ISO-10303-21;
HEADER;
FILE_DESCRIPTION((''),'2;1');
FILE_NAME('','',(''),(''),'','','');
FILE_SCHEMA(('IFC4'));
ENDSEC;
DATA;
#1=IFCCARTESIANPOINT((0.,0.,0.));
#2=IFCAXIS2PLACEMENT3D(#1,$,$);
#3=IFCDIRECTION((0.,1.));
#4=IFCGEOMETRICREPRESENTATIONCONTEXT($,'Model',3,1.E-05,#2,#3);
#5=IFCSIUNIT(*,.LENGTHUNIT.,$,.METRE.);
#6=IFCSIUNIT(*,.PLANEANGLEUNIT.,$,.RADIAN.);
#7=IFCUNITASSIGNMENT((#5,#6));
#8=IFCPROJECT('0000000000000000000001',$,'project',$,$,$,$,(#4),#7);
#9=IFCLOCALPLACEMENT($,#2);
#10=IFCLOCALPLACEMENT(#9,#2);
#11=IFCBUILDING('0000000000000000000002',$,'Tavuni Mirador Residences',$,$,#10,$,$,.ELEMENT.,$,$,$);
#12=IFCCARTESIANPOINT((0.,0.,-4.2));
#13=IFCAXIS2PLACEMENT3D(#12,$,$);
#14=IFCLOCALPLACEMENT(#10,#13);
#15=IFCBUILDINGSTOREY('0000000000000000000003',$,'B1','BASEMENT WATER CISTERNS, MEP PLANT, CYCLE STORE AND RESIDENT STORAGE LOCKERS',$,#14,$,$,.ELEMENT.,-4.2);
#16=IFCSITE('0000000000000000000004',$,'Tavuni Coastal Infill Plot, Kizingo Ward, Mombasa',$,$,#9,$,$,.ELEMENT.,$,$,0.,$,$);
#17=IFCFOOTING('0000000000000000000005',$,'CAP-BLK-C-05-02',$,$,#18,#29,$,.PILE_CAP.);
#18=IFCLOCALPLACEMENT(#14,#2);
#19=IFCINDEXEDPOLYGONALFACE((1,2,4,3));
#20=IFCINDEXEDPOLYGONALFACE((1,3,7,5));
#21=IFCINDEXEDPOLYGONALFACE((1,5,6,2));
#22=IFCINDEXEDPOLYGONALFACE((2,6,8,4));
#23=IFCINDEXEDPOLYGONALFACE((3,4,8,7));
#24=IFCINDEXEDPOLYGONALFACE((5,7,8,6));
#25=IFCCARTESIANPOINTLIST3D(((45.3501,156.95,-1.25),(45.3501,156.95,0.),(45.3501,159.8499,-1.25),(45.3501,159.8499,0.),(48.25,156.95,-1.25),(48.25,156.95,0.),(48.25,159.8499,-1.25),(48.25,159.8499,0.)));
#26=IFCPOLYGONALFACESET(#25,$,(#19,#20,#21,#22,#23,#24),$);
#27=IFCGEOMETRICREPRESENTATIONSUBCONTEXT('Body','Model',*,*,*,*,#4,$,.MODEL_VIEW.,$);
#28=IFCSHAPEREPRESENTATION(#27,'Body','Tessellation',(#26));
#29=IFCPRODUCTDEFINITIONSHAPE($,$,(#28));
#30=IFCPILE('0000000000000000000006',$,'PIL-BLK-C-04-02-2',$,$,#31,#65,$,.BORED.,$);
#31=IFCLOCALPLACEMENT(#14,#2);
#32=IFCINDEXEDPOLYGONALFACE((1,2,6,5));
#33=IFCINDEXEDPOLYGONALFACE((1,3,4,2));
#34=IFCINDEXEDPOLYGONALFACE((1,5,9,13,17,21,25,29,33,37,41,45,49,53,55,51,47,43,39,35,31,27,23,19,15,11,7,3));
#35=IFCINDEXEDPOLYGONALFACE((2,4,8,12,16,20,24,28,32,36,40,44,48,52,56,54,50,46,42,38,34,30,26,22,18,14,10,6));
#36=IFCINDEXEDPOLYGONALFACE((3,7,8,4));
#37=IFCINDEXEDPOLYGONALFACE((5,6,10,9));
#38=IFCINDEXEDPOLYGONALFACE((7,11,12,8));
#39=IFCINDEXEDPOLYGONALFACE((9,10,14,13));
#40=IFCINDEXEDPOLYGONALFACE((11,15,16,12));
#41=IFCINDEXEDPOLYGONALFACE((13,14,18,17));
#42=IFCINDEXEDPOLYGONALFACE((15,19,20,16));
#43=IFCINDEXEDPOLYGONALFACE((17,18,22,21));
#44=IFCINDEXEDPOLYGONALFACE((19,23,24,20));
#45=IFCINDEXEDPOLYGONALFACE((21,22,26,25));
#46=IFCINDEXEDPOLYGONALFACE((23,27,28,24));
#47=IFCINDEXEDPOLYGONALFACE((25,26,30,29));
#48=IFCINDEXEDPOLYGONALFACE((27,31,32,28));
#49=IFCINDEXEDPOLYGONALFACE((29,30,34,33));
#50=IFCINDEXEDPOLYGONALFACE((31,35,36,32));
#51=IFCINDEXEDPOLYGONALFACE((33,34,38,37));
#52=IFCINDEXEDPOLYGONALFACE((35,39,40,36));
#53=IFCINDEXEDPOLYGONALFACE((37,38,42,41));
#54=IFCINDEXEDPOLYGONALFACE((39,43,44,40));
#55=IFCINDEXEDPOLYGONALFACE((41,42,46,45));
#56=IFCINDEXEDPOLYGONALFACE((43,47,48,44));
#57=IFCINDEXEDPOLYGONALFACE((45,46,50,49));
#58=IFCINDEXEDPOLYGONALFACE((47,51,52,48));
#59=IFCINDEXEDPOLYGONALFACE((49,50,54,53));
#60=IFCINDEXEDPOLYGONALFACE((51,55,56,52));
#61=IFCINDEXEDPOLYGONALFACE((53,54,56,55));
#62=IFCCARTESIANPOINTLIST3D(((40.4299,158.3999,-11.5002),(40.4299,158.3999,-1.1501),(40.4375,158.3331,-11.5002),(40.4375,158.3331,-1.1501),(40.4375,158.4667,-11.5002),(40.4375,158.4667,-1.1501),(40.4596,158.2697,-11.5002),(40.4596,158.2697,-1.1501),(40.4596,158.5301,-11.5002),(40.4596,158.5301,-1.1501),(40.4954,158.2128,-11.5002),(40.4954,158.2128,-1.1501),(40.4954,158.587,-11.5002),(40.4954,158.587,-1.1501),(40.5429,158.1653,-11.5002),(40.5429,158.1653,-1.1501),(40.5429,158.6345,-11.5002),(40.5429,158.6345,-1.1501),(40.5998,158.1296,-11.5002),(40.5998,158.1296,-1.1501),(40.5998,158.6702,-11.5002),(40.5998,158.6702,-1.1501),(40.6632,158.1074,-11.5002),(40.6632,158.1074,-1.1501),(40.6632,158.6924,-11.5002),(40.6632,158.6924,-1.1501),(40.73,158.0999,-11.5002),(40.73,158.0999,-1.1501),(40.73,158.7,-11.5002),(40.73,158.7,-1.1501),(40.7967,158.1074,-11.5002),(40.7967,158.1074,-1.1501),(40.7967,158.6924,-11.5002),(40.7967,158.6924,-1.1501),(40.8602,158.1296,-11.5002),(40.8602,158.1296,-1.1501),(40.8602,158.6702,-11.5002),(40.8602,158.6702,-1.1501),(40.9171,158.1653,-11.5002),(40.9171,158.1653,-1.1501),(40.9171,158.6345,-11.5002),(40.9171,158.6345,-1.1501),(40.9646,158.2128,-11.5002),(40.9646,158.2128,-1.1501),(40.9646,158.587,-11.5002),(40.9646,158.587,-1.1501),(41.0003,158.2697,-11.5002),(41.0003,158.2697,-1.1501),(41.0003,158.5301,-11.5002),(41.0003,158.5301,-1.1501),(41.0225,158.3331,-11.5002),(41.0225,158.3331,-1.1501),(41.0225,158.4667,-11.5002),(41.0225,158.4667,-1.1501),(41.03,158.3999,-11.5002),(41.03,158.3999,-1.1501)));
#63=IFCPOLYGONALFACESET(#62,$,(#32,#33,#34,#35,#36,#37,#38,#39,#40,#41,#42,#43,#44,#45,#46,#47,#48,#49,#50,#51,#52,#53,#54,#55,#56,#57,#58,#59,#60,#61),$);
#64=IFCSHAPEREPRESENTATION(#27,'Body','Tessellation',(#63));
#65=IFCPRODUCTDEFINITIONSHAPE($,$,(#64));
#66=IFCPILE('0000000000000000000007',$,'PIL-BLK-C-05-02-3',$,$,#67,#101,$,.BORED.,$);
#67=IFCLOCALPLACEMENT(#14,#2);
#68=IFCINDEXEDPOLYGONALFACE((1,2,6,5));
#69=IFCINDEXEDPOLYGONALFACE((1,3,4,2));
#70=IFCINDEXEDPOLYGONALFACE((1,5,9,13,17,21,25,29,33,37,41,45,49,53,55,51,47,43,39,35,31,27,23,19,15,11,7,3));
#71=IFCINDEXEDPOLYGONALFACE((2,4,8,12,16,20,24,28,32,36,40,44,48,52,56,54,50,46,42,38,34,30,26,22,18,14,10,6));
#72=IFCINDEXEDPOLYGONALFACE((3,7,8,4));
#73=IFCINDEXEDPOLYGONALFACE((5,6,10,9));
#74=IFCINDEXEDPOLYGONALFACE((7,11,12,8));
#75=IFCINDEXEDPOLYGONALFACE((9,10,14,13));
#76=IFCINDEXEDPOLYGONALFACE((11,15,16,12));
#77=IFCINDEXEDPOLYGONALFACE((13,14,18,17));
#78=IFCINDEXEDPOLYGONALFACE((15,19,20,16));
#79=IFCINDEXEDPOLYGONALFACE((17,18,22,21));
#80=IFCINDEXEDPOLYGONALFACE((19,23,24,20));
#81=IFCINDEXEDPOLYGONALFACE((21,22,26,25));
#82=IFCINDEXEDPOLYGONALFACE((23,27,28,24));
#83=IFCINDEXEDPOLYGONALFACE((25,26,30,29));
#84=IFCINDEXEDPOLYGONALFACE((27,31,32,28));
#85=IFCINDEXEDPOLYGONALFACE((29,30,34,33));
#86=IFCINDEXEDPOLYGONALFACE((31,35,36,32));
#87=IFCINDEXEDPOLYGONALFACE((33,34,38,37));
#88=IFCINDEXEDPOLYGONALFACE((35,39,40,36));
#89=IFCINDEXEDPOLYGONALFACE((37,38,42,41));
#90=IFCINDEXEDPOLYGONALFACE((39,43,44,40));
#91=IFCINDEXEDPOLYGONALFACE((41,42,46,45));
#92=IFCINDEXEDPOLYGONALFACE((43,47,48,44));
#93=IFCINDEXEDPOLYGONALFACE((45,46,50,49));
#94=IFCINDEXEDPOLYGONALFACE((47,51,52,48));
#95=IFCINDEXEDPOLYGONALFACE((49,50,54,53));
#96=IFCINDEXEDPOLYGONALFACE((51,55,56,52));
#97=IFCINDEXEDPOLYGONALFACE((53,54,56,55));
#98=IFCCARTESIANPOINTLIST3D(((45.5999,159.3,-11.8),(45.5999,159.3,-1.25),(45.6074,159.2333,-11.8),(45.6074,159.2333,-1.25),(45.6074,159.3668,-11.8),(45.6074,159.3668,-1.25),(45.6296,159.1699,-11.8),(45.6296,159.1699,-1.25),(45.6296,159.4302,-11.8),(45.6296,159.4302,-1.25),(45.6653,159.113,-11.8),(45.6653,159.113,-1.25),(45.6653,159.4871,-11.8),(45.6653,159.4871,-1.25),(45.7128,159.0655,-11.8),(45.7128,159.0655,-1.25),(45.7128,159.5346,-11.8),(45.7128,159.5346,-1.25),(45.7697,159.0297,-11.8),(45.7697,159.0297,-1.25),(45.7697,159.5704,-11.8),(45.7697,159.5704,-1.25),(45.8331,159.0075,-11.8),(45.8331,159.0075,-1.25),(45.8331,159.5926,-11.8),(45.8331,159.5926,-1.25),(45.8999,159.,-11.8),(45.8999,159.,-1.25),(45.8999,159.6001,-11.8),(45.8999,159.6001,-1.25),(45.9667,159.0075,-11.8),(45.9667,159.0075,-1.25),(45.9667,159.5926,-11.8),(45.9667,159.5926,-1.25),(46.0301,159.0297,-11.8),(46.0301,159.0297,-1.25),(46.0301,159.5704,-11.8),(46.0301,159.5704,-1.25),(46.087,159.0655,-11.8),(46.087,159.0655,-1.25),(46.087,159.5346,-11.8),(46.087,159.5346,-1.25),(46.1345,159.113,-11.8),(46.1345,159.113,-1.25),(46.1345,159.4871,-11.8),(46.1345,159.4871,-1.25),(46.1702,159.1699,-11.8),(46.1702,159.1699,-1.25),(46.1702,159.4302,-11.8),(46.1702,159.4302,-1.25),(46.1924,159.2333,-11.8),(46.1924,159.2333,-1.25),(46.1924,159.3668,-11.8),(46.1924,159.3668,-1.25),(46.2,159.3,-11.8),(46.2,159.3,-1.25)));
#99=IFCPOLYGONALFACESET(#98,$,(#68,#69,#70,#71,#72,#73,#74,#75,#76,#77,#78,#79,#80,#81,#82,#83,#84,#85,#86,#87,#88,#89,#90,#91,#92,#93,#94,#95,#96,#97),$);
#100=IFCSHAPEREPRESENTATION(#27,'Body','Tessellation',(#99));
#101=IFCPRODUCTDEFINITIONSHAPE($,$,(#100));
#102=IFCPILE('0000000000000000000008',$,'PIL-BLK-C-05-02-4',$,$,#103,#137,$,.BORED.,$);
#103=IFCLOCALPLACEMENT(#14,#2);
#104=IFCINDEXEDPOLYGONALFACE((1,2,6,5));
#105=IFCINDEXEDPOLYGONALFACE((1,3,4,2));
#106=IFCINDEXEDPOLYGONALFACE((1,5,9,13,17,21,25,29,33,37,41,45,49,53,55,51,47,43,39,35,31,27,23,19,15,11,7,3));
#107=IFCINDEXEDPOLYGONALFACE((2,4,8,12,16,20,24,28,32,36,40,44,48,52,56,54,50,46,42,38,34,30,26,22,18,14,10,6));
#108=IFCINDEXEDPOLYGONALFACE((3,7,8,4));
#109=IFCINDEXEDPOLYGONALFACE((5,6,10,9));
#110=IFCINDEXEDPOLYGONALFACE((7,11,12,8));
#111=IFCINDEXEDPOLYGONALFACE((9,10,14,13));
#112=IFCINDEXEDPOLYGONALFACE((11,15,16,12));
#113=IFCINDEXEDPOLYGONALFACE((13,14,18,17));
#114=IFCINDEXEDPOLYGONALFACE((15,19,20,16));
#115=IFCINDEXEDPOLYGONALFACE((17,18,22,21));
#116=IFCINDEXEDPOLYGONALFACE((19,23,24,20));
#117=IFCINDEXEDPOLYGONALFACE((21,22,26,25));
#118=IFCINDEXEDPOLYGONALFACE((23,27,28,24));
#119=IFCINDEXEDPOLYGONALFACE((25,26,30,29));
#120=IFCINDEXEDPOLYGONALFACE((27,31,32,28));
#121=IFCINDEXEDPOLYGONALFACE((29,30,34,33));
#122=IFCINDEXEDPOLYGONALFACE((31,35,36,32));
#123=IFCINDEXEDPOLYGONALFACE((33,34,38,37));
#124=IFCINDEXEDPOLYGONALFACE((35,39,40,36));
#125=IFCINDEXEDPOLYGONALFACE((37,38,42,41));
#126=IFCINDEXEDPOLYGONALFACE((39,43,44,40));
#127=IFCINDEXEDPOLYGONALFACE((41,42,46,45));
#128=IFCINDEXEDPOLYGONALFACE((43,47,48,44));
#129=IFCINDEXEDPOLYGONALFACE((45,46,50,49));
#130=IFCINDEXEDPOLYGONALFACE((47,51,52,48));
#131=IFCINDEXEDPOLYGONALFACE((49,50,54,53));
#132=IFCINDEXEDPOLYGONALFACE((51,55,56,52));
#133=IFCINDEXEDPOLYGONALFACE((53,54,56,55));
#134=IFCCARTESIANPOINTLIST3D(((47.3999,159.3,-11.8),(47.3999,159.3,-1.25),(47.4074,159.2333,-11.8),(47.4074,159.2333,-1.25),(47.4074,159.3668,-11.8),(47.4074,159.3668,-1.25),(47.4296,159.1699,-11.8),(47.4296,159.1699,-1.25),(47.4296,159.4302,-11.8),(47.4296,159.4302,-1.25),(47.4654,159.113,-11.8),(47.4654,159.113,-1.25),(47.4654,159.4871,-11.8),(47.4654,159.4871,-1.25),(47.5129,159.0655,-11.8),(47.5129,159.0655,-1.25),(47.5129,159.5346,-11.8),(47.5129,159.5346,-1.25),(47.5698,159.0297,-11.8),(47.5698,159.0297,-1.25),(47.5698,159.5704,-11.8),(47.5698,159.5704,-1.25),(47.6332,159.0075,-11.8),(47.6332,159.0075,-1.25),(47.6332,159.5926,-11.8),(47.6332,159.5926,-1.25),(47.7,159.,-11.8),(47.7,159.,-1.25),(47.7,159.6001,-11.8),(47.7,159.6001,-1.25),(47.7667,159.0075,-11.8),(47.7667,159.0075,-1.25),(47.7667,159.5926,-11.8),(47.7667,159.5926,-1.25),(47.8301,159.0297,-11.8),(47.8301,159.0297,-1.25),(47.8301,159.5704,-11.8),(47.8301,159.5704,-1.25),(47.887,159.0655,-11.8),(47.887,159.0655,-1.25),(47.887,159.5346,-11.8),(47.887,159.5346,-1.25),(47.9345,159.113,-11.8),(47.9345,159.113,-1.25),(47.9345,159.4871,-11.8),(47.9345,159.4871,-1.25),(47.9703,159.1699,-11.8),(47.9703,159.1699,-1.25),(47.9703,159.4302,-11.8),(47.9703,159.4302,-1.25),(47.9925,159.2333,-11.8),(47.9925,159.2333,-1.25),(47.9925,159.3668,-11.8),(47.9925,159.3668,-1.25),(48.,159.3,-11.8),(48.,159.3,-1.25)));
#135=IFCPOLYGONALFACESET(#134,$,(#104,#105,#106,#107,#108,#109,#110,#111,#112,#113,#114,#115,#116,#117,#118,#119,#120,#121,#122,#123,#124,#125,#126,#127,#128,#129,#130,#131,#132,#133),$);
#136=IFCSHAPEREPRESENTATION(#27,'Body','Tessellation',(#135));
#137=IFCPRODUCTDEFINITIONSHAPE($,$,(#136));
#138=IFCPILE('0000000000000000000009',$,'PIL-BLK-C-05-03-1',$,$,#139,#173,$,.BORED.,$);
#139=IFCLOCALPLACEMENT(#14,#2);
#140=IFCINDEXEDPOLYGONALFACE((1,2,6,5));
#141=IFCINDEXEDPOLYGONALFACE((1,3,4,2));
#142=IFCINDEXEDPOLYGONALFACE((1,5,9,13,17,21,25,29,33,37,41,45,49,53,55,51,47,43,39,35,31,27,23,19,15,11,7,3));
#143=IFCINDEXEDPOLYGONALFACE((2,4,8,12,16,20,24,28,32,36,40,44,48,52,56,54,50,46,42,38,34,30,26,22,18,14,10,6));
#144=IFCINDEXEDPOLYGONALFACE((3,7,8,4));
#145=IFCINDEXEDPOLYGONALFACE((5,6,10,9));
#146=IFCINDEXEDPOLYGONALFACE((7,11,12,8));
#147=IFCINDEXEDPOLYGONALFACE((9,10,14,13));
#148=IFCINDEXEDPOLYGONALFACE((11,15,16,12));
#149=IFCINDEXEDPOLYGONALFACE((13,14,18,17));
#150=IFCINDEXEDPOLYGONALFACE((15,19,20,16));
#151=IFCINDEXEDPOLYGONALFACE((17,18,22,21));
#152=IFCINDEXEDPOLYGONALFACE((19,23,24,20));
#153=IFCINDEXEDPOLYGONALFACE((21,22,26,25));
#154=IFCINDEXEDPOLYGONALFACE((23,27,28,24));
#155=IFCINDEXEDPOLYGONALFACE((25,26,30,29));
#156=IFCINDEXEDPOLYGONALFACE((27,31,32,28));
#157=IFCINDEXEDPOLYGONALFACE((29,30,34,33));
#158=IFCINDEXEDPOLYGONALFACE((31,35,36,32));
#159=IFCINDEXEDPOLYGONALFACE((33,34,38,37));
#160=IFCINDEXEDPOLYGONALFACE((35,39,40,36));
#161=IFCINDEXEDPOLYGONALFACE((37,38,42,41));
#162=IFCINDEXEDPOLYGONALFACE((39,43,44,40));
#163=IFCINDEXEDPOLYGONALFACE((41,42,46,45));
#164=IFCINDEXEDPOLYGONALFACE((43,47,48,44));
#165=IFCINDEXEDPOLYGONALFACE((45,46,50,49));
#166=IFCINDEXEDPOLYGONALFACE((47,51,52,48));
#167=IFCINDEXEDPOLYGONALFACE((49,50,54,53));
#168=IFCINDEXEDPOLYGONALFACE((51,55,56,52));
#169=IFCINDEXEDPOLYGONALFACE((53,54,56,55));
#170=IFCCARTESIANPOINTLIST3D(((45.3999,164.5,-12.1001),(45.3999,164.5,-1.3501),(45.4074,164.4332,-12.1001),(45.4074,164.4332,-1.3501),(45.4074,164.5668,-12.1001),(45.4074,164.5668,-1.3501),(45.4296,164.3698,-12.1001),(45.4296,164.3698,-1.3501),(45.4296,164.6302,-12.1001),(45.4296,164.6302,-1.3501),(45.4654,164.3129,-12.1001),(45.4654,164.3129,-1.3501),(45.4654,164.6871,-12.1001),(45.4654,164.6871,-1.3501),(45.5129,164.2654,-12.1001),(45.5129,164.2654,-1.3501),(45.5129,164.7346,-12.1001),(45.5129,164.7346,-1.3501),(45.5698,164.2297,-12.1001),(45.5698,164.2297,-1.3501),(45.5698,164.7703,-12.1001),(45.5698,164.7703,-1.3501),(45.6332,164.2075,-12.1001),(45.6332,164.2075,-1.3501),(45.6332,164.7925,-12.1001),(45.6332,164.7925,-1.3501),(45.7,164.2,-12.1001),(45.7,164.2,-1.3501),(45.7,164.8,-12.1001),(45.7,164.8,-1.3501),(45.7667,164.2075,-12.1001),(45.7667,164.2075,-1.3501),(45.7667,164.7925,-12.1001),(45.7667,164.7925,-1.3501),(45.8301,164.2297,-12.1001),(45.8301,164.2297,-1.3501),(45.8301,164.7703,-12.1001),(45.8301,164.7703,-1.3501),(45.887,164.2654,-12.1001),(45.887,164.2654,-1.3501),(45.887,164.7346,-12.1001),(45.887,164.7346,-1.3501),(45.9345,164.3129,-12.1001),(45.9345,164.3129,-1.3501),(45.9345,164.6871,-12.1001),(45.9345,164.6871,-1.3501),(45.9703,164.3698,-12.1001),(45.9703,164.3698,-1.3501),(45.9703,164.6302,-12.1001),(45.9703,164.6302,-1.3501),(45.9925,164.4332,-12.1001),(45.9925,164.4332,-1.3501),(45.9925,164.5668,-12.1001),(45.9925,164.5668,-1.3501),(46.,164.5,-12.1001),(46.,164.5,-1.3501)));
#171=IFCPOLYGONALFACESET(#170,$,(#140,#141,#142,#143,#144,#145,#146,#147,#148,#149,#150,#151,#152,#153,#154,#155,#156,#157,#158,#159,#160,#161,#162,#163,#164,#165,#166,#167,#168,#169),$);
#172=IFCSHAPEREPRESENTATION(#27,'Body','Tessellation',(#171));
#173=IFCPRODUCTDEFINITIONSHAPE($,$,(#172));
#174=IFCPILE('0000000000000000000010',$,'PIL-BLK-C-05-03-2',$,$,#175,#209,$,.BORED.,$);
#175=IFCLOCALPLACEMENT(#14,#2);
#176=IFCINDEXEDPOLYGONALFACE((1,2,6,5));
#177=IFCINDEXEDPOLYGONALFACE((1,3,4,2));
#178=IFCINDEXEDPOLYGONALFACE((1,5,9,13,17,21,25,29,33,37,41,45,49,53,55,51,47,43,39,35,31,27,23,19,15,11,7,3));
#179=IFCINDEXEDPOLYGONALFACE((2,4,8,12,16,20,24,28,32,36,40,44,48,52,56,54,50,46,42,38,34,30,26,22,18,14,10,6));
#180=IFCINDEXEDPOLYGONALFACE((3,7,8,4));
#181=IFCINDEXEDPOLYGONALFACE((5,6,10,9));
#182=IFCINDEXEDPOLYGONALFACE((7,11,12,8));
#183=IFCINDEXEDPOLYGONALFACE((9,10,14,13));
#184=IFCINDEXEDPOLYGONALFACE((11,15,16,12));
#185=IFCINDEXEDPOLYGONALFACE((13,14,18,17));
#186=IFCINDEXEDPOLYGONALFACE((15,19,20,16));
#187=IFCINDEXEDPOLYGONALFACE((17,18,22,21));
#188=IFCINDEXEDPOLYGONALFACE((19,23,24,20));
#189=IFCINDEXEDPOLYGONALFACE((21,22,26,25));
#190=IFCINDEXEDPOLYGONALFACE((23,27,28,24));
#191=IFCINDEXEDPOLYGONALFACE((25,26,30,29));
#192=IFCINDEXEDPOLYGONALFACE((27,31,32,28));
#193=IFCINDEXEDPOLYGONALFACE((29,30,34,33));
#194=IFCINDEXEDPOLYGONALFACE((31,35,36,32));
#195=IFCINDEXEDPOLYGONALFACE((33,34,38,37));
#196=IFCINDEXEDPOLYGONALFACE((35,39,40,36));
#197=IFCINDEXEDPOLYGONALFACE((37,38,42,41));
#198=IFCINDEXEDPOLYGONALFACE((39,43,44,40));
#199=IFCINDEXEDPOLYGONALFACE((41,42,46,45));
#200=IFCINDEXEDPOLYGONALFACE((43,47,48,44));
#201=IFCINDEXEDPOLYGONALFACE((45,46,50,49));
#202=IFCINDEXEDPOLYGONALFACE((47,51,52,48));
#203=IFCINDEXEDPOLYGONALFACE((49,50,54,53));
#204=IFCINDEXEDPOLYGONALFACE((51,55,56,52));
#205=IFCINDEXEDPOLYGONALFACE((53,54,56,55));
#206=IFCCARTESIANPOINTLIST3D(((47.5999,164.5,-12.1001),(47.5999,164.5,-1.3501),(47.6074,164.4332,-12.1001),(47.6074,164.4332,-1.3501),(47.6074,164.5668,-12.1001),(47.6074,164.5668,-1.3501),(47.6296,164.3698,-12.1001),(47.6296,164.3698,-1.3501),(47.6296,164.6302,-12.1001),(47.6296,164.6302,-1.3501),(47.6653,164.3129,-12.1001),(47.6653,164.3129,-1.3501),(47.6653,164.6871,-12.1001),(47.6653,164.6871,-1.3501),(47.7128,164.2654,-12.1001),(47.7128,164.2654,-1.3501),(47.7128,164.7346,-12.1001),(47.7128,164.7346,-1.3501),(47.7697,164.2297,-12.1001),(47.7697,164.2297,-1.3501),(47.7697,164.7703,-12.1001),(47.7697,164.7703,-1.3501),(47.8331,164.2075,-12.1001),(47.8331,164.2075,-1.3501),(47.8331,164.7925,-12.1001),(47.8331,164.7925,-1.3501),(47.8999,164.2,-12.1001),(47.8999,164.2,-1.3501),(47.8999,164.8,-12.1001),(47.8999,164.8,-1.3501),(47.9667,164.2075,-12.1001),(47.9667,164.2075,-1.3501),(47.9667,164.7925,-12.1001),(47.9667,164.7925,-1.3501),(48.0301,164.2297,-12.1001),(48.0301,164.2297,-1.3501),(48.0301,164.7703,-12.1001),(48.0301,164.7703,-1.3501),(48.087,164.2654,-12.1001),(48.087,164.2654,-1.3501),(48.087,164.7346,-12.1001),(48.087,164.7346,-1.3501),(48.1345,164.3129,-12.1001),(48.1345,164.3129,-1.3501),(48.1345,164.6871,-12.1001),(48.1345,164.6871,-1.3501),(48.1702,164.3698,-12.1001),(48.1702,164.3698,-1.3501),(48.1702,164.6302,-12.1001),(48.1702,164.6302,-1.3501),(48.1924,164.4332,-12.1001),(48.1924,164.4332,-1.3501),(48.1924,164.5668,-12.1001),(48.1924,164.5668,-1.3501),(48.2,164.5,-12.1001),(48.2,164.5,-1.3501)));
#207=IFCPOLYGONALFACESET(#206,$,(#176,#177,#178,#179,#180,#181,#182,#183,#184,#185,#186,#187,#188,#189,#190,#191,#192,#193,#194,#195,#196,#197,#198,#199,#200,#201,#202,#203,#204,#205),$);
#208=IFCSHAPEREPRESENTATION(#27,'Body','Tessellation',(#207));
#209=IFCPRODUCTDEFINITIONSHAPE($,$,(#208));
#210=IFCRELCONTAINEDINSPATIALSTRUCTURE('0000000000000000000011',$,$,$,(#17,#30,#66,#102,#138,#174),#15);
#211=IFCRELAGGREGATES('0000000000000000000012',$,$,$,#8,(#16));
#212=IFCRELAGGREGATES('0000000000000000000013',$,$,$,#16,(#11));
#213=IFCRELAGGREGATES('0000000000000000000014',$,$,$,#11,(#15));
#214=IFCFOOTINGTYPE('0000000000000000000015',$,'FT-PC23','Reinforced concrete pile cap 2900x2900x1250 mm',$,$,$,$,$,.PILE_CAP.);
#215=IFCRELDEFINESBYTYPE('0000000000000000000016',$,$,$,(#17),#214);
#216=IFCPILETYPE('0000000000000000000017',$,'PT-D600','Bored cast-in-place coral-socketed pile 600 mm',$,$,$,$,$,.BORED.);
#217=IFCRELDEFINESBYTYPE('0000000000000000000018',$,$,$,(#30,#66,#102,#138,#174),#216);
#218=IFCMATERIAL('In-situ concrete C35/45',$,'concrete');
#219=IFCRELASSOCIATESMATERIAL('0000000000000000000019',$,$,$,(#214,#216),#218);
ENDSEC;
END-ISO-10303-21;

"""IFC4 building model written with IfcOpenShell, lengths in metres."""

from ifc_helpers import new_model, si_unit, direction, frame, origin, origin_2d, place, context, subcontext, project, spatial, rectangle, circle, extrude, material, material_profile, profile_set, type_object, element, save


model = new_model("IFC4")

# Units and contexts
model_context = context("Model", 3, precision=1e-05, world=origin(), true_north=direction((0.0, 1.0)))
body_context = subcontext(model_context, "Body", "Model", "MODEL_VIEW")
ifc_project = project(units=[si_unit("LENGTHUNIT", "METRE"), si_unit("PLANEANGLEUNIT", "RADIAN")], contexts=[model_context])

# Site, building, storey
site_placement = place(None, origin())
site = spatial("IfcSite", under=ifc_project, at=site_placement, Name="Tavuni Coastal Infill Plot, Kizingo Ward, Mombasa", CompositionType="ELEMENT", RefElevation=0.0)
building_placement = place(site_placement, origin())
building = spatial("IfcBuilding", under=site, at=building_placement, Name="Tavuni Mirador Residences", CompositionType="ELEMENT")
storey_placement = place(building_placement, frame((0.0, 0.0, -4.2)))
storey = spatial("IfcBuildingStorey", under=building, at=storey_placement, Name="B1", Description="BASEMENT WATER CISTERNS, MEP PLANT, CYCLE STORE AND RESIDENT STORAGE LOCKERS", CompositionType="ELEMENT", Elevation=-4.2)

# Footing
ifc_material_1 = material(Name="In-situ concrete C35/45", Category="concrete")
footing_type = type_object("IfcFootingType", Name="FT-PC23", Description="Reinforced concrete pile cap 2900x2900x1250 mm", PredefinedType="PILE_CAP", material=ifc_material_1)
footing_placement = place(storey_placement, frame((46.8, 158.3999, -1.25), z_axis=(0.0, 0.0, 1.0), x_axis=(1.0, 0.0, 0.0)))
element("IfcFooting", 1, at=footing_placement, inside=storey, type_object=footing_type, Name="CAP-BLK-C-05-02", PredefinedType="PILE_CAP", context=body_context, shape_type="SweptSolid", body=[
    extrude(rectangle(XDim=2.8999, YDim=2.8999, at=origin_2d()), origin(), (0.0, 0.0, 1.0), 1.25),
])

# Piles
ifc_material_profile_1 = material_profile(ifc_material_1, circle(Radius=0.3, at=origin_2d()), Name="PILE D600", Category="concrete")
ifc_profile_set_1 = profile_set([ifc_material_profile_1], Name="In-situ concrete C35/45")
pile_type = type_object("IfcPileType", Name="PT-D600", Description="Bored cast-in-place coral-socketed pile 600 mm", PredefinedType="BORED", material=ifc_profile_set_1)
pile_1_placement = place(storey_placement, frame((40.73, 158.3999, -1.1501), z_axis=(0.0, 0.0, -1.0), x_axis=(1.0, 0.0, 0.0)))
element("IfcPile", 2, at=pile_1_placement, inside=storey, type_object=pile_type, Name="PIL-BLK-C-04-02-2", PredefinedType="BORED", context=body_context, shape_type="SweptSolid", body=[
    extrude(circle(Radius=0.3, at=origin_2d()), origin(), (0.0, 0.0, 1.0), 10.3501),
])
for number, where, z_axis, x_axis, name in (
    (3, (45.8999, 159.3, -1.25), (0.0, 0.0, -1.0), (1.0, 0.0, 0.0), "PIL-BLK-C-05-02-3"),
    (4, (47.7, 159.3, -1.25), (0.0, 0.0, -1.0), (1.0, 0.0, 0.0), "PIL-BLK-C-05-02-4"),
):
    element("IfcPile", number, at=place(storey_placement, frame(where, z_axis=z_axis, x_axis=x_axis)), inside=storey, type_object=pile_type, Name=name, PredefinedType="BORED", context=body_context, shape_type="SweptSolid", body=[
        extrude(circle(Radius=0.3, at=origin_2d()), origin(), (0.0, 0.0, 1.0), 10.55),
    ])
for number, where, z_axis, x_axis, name in (
    (5, (45.7, 164.5, -1.3501), (0.0, 0.0, -1.0), (1.0, 0.0, 0.0), "PIL-BLK-C-05-03-1"),
    (6, (47.8999, 164.5, -1.3501), (0.0, 0.0, -1.0), (1.0, 0.0, 0.0), "PIL-BLK-C-05-03-2"),
):
    element("IfcPile", number, at=place(storey_placement, frame(where, z_axis=z_axis, x_axis=x_axis)), inside=storey, type_object=pile_type, Name=name, PredefinedType="BORED", context=body_context, shape_type="SweptSolid", body=[
        extrude(circle(Radius=0.3, at=origin_2d()), origin(), (0.0, 0.0, 1.0), 10.75),
    ])

save(model, "model.ifc")
